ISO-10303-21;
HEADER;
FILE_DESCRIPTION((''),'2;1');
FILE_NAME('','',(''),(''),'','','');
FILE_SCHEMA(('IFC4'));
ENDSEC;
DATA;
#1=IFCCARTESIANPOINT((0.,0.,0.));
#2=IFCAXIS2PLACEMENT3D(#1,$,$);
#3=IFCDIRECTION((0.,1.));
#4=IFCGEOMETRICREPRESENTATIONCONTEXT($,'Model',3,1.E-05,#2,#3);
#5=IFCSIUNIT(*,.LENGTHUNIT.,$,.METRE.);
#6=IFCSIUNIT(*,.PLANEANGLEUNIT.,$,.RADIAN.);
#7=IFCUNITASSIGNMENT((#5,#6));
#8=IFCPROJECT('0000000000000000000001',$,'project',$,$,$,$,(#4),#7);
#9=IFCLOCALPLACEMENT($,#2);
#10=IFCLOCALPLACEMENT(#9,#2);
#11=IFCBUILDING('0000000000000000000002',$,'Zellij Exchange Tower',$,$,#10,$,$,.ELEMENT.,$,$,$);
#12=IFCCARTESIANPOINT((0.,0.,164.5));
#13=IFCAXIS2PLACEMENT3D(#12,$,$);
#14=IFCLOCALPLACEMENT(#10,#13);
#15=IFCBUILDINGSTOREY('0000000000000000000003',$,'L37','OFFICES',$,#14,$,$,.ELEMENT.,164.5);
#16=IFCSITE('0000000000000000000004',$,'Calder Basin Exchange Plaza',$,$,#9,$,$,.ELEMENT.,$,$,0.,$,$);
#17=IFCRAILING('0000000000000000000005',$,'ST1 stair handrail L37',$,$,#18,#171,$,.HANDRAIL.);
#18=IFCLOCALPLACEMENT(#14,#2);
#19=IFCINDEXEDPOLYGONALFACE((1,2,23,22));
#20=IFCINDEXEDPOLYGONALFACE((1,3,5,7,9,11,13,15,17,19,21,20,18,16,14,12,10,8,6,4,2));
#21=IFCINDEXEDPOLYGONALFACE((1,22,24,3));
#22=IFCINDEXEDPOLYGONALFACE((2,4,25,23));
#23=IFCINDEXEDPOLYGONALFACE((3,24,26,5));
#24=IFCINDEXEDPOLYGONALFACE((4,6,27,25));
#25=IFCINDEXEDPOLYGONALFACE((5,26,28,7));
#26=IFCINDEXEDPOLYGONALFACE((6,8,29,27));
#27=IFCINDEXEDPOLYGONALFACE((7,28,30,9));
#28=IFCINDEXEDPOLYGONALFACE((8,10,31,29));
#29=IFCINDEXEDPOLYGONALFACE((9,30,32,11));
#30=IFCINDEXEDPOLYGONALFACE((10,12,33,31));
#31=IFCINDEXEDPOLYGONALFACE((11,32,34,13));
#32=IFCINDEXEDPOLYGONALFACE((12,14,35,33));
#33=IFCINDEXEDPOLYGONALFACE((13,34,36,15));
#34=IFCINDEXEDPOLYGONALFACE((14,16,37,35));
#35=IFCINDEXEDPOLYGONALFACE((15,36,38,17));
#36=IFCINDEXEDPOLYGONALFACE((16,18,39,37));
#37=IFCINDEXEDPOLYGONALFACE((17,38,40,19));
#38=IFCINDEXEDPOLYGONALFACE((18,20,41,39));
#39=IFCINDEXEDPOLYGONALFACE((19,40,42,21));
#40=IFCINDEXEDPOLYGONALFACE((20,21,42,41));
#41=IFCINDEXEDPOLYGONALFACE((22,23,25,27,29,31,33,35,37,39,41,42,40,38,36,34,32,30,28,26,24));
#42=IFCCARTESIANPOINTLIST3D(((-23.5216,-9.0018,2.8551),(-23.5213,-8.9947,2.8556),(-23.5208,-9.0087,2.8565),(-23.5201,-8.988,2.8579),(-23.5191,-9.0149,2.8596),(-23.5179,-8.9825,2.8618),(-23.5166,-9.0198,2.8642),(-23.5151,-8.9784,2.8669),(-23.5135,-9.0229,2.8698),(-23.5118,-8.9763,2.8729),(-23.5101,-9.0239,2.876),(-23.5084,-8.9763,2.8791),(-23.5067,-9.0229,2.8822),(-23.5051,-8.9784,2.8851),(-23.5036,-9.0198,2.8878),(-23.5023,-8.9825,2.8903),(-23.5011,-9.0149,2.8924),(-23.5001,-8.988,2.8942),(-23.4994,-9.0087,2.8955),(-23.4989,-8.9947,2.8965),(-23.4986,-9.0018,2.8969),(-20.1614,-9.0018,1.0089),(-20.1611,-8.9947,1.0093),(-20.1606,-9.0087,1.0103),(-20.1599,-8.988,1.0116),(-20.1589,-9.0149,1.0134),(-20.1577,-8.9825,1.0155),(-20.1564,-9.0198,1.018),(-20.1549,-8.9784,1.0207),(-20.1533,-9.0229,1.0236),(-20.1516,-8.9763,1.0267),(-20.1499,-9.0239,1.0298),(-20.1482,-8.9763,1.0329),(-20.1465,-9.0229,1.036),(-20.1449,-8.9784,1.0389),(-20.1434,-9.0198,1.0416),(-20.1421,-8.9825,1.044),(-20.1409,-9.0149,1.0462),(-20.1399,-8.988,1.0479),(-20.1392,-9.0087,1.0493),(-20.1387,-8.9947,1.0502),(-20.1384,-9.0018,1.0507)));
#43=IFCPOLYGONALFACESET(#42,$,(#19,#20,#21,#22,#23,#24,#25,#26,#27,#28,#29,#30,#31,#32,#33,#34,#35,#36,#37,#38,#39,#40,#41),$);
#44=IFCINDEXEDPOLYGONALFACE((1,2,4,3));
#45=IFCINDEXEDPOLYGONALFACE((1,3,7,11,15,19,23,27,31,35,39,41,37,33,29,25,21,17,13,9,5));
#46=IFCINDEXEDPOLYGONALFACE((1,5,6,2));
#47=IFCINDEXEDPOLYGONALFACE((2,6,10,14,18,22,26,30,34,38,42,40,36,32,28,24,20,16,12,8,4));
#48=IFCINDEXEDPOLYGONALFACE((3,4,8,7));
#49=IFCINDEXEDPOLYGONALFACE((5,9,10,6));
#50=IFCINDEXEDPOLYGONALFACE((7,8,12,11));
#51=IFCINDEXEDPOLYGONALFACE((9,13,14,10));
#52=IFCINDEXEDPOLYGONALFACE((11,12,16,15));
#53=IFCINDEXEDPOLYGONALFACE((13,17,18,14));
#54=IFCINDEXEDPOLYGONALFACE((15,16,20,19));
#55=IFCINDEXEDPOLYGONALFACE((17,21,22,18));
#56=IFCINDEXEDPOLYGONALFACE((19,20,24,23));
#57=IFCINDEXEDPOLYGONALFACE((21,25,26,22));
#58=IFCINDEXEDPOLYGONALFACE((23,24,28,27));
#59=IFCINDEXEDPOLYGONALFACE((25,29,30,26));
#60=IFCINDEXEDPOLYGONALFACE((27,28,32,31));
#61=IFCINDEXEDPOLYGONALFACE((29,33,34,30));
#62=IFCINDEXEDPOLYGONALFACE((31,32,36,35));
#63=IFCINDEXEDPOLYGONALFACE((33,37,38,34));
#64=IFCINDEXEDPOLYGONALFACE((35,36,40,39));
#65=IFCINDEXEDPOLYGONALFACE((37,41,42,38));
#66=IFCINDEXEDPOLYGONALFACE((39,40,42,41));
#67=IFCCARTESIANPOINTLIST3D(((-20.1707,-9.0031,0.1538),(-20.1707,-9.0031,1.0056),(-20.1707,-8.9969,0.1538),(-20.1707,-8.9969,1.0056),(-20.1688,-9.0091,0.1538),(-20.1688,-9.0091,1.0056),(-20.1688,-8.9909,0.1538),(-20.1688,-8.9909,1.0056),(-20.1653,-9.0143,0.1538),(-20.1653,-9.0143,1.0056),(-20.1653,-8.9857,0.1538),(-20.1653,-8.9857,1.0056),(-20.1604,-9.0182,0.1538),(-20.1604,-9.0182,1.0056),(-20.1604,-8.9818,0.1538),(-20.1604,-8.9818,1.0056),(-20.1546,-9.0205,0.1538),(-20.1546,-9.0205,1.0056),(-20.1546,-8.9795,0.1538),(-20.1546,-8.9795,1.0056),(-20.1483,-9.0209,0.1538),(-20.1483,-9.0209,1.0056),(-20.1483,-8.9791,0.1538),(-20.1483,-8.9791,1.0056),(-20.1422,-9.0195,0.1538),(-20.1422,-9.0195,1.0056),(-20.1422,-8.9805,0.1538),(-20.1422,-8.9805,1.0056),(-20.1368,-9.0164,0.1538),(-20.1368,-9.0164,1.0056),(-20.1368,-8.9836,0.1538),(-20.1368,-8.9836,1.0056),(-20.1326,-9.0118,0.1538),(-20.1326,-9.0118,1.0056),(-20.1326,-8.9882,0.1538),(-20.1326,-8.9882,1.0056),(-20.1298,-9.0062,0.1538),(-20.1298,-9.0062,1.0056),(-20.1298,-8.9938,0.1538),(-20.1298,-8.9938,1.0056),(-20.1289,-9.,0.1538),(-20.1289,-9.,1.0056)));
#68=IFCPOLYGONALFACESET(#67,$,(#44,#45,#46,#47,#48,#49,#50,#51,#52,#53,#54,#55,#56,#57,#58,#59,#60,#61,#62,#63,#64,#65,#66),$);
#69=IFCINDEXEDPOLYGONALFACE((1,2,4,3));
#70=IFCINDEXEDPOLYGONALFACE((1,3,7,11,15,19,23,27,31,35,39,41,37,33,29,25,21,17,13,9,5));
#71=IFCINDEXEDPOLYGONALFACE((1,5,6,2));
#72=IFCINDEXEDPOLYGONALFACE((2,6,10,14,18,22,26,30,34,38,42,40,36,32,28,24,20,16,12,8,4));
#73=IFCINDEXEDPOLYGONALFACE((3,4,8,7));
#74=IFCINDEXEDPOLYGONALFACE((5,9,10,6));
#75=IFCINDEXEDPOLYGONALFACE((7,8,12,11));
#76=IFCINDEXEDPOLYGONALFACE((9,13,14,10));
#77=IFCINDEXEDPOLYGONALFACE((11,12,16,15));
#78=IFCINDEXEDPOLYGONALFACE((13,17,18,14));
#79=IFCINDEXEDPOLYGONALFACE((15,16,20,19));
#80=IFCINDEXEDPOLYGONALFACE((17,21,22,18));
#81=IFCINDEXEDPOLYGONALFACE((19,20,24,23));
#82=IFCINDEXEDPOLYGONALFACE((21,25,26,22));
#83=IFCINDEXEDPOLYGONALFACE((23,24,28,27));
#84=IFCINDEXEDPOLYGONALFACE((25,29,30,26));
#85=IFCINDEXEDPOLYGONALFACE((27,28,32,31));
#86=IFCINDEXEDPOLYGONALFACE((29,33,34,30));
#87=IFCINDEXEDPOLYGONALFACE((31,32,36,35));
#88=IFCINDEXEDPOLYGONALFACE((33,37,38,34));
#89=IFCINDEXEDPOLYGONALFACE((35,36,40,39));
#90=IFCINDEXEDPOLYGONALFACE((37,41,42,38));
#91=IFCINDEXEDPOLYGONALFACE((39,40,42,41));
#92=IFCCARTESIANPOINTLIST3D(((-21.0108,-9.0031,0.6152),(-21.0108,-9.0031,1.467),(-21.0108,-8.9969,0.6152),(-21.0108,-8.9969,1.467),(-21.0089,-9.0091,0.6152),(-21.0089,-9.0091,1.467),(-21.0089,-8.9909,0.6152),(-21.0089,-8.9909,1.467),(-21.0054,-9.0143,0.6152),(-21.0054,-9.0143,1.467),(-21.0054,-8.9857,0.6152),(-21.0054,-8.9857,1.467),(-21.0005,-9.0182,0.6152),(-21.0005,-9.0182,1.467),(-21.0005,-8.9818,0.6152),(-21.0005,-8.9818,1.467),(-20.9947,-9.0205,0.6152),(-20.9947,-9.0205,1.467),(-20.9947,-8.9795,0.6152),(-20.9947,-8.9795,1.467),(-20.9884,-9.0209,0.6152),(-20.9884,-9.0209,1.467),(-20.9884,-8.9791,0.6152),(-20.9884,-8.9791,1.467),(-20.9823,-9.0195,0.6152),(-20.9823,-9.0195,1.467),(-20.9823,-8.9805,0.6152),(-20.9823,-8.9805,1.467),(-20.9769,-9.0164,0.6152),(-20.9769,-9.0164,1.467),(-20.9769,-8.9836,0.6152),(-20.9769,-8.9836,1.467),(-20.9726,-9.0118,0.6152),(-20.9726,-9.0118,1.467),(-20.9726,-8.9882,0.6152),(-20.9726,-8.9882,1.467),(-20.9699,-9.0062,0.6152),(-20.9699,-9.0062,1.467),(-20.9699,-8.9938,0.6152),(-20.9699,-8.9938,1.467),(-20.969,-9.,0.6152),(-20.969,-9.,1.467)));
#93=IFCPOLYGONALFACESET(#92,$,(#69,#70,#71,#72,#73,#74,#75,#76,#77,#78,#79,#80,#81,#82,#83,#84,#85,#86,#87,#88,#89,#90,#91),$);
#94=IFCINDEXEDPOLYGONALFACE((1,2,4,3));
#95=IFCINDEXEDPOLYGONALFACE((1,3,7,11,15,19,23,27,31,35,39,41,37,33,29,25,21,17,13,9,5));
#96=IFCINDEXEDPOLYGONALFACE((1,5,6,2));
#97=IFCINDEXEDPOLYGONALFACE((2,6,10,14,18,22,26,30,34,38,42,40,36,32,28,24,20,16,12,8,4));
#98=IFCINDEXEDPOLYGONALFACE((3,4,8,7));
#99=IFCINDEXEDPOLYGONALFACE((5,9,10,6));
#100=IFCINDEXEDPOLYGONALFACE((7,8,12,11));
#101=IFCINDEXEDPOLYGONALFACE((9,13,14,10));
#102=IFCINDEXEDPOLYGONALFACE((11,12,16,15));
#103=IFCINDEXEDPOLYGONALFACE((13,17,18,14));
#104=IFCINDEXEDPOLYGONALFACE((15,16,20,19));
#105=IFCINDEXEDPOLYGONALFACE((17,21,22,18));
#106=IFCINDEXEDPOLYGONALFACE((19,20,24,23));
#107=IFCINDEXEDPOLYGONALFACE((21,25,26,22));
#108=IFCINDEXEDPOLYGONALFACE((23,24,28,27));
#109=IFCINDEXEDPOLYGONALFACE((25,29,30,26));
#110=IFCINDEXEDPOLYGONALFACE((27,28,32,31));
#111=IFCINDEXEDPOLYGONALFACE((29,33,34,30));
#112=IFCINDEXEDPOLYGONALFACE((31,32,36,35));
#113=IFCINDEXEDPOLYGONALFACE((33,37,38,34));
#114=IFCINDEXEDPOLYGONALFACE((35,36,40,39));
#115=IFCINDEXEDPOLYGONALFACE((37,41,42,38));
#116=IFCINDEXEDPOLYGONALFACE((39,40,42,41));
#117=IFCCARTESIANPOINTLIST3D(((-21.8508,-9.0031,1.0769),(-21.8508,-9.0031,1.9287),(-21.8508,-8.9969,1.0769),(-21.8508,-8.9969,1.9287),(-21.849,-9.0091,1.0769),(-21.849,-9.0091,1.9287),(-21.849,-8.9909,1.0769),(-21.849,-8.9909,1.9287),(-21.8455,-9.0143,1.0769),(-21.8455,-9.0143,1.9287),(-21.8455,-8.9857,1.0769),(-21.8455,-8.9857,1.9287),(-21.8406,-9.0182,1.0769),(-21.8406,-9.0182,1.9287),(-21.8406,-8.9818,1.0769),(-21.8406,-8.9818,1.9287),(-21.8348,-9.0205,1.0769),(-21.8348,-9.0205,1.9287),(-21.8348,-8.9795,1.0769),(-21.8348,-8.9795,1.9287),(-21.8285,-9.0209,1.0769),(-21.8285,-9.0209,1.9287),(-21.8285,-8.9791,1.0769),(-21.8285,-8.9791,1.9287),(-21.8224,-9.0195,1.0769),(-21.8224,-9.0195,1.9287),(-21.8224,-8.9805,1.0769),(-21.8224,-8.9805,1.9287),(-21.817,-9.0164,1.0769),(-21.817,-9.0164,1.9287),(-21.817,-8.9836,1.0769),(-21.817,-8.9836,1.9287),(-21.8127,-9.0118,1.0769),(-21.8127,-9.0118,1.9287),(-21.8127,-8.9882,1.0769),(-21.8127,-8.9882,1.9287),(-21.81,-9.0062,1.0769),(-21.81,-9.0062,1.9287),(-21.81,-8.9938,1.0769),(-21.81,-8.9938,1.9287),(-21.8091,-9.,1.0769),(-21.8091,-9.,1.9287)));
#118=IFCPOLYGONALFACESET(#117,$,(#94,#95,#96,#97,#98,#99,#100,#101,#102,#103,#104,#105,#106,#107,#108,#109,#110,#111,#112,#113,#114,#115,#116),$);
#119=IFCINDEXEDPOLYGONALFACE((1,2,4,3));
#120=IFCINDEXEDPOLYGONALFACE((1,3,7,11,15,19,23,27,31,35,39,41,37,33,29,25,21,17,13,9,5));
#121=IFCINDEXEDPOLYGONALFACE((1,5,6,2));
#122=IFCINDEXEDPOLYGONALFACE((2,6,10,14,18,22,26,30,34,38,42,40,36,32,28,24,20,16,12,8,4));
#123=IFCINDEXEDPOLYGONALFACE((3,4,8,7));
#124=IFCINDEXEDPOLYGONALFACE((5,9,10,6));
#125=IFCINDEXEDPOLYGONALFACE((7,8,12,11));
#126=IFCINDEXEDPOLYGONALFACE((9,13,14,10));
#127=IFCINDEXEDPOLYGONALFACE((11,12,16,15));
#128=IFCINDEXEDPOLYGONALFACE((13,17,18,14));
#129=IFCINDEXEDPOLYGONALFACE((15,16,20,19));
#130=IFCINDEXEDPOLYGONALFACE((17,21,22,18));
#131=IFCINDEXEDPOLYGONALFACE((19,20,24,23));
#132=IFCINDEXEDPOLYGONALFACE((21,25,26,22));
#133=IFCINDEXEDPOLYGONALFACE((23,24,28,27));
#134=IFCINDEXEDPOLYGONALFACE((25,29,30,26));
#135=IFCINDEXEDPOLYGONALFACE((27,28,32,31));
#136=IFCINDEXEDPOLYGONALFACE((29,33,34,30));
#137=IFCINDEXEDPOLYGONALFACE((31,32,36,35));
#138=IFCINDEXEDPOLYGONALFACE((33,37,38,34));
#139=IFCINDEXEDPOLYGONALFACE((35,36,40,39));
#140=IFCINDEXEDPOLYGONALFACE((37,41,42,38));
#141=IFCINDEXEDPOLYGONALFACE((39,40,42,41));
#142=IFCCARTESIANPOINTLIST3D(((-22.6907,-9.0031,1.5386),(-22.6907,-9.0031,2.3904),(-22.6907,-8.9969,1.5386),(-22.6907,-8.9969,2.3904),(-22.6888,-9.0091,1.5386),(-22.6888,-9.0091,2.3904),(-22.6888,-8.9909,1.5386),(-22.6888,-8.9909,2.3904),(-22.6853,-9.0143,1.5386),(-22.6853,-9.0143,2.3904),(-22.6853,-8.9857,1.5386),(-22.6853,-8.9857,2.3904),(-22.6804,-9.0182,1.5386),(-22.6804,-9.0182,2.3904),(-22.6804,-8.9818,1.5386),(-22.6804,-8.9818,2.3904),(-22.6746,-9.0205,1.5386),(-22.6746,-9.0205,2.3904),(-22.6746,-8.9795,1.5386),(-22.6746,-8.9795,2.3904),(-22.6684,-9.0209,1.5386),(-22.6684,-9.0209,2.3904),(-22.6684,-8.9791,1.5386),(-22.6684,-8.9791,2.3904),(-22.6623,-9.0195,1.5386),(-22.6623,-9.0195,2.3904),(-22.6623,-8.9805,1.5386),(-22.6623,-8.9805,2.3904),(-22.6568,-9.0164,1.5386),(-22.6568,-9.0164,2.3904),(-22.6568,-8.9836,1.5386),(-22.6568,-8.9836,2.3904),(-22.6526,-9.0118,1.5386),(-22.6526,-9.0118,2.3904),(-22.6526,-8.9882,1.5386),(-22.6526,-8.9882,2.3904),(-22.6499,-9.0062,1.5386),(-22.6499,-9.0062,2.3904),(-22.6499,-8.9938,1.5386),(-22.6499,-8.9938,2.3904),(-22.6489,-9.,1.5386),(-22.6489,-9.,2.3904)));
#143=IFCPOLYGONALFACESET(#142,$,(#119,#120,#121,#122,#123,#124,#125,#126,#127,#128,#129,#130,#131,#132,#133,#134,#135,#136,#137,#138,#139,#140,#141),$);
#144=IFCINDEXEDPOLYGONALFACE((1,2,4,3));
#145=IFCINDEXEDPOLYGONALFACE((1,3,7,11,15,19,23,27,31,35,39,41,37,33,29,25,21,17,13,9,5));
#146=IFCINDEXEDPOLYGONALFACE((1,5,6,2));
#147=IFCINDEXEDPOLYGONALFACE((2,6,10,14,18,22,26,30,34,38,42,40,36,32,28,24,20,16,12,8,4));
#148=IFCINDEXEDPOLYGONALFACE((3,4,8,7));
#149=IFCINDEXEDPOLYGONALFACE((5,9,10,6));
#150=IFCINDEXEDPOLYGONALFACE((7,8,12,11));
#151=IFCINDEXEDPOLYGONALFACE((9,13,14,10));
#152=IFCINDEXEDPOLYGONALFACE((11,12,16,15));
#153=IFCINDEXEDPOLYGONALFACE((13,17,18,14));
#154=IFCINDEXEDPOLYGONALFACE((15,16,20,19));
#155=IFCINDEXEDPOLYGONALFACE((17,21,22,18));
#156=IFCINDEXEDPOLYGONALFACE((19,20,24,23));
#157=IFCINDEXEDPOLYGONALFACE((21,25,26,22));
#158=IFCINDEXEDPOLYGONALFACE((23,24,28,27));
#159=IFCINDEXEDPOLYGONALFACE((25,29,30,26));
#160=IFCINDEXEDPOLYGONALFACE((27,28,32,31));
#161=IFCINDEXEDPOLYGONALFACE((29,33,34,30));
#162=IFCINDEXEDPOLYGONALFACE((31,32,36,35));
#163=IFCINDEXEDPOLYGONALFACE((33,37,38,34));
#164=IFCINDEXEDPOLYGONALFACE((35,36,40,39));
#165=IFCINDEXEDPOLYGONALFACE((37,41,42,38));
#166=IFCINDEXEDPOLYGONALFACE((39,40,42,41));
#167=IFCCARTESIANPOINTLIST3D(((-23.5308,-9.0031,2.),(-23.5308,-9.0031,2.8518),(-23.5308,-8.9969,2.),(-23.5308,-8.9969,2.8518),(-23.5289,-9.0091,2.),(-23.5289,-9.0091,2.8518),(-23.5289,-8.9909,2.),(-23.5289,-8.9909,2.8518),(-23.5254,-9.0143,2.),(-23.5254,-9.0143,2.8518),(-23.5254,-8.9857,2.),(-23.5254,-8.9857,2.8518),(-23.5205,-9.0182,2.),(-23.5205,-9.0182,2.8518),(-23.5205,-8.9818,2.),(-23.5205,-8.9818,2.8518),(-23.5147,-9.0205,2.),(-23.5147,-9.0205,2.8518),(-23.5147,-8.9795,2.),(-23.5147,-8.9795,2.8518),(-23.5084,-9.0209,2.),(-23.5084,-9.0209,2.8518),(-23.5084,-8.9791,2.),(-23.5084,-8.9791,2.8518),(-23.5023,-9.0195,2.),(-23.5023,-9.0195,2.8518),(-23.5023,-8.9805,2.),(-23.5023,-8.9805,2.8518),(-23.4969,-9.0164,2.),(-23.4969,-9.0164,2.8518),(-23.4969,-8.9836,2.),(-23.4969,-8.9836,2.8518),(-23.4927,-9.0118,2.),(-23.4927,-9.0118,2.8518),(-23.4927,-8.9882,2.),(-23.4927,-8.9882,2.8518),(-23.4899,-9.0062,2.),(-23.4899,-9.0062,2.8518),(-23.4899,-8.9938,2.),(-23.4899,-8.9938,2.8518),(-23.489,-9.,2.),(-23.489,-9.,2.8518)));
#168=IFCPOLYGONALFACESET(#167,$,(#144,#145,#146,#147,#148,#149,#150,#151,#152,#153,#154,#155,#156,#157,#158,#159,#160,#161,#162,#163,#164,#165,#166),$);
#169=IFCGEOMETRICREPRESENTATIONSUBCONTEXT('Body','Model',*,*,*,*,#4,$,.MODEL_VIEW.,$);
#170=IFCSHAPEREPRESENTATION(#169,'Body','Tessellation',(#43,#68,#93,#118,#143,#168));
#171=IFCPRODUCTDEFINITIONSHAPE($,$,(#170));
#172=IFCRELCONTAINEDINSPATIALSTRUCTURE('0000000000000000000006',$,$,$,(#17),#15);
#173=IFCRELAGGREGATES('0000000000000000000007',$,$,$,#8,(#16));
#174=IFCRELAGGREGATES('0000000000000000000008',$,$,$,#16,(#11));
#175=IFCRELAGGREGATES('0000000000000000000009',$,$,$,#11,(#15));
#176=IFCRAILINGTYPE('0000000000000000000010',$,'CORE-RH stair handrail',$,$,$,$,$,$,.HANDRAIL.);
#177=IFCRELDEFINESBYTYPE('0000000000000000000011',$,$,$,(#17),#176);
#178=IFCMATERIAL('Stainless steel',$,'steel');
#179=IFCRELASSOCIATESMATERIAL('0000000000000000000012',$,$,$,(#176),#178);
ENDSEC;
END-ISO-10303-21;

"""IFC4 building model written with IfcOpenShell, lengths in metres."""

from ifc_helpers import new_model, si_unit, direction, frame, origin, origin_2d, place, context, subcontext, project, spatial, circle, extrude, material, type_object, element, save


model = new_model("IFC4")

# Units and contexts
model_context = context("Model", 3, precision=1e-05, world=origin(), true_north=direction((0.0, 1.0)))
body_context = subcontext(model_context, "Body", "Model", "MODEL_VIEW")
ifc_project = project(units=[si_unit("LENGTHUNIT", "METRE"), si_unit("PLANEANGLEUNIT", "RADIAN")], contexts=[model_context])

# Site, building, storey
site_placement = place(None, origin())
site = spatial("IfcSite", under=ifc_project, at=site_placement, Name="Calder Basin Exchange Plaza", CompositionType="ELEMENT", RefElevation=0.0)
building_placement = place(site_placement, origin())
building = spatial("IfcBuilding", under=site, at=building_placement, Name="Zellij Exchange Tower", CompositionType="ELEMENT")
storey_placement = place(building_placement, frame((0.0, 0.0, 164.5)))
storey = spatial("IfcBuildingStorey", under=building, at=storey_placement, Name="L37", Description="OFFICES", CompositionType="ELEMENT", Elevation=164.5)

# Railing
ifc_material_1 = material(Name="Stainless steel", Category="steel")
railing_type = type_object("IfcRailingType", Name="CORE-RH stair handrail", PredefinedType="HANDRAIL", material=ifc_material_1)
railing_placement = place(storey_placement, frame((-20.1499, -9.0, 0.1538)))
element("IfcRailing", 1, at=railing_placement, inside=storey, type_object=railing_type, Name="ST1 stair handrail L37", PredefinedType="HANDRAIL", context=body_context, shape_type="SweptSolid", body=[
    extrude(circle(Radius=0.0239, at=origin_2d()), frame((0.0, 0.0, 0.876), z_axis=(-0.876422, 0.0, 0.481545), x_axis=(0.0, -1.0, 0.0)), (0.0, 0.0, 1.0), 3.834),
    extrude(circle(Radius=0.021, at=origin_2d()), origin(), (0.0, 0.0, 1.0), 0.8518),
    extrude(circle(Radius=0.021, at=origin_2d()), frame((-0.8401, 0.0, 0.4614)), (0.0, 0.0, 1.0), 0.8518),
    extrude(circle(Radius=0.021, at=origin_2d()), frame((-1.6802, 0.0, 0.9231)), (0.0, 0.0, 1.0), 0.8518),
    extrude(circle(Radius=0.021, at=origin_2d()), frame((-2.52, 0.0, 1.3848)), (0.0, 0.0, 1.0), 0.8518),
    extrude(circle(Radius=0.021, at=origin_2d()), frame((-3.3601, 0.0, 1.8462)), (0.0, 0.0, 1.0), 0.8518),
])

save(model, "model.ifc")
